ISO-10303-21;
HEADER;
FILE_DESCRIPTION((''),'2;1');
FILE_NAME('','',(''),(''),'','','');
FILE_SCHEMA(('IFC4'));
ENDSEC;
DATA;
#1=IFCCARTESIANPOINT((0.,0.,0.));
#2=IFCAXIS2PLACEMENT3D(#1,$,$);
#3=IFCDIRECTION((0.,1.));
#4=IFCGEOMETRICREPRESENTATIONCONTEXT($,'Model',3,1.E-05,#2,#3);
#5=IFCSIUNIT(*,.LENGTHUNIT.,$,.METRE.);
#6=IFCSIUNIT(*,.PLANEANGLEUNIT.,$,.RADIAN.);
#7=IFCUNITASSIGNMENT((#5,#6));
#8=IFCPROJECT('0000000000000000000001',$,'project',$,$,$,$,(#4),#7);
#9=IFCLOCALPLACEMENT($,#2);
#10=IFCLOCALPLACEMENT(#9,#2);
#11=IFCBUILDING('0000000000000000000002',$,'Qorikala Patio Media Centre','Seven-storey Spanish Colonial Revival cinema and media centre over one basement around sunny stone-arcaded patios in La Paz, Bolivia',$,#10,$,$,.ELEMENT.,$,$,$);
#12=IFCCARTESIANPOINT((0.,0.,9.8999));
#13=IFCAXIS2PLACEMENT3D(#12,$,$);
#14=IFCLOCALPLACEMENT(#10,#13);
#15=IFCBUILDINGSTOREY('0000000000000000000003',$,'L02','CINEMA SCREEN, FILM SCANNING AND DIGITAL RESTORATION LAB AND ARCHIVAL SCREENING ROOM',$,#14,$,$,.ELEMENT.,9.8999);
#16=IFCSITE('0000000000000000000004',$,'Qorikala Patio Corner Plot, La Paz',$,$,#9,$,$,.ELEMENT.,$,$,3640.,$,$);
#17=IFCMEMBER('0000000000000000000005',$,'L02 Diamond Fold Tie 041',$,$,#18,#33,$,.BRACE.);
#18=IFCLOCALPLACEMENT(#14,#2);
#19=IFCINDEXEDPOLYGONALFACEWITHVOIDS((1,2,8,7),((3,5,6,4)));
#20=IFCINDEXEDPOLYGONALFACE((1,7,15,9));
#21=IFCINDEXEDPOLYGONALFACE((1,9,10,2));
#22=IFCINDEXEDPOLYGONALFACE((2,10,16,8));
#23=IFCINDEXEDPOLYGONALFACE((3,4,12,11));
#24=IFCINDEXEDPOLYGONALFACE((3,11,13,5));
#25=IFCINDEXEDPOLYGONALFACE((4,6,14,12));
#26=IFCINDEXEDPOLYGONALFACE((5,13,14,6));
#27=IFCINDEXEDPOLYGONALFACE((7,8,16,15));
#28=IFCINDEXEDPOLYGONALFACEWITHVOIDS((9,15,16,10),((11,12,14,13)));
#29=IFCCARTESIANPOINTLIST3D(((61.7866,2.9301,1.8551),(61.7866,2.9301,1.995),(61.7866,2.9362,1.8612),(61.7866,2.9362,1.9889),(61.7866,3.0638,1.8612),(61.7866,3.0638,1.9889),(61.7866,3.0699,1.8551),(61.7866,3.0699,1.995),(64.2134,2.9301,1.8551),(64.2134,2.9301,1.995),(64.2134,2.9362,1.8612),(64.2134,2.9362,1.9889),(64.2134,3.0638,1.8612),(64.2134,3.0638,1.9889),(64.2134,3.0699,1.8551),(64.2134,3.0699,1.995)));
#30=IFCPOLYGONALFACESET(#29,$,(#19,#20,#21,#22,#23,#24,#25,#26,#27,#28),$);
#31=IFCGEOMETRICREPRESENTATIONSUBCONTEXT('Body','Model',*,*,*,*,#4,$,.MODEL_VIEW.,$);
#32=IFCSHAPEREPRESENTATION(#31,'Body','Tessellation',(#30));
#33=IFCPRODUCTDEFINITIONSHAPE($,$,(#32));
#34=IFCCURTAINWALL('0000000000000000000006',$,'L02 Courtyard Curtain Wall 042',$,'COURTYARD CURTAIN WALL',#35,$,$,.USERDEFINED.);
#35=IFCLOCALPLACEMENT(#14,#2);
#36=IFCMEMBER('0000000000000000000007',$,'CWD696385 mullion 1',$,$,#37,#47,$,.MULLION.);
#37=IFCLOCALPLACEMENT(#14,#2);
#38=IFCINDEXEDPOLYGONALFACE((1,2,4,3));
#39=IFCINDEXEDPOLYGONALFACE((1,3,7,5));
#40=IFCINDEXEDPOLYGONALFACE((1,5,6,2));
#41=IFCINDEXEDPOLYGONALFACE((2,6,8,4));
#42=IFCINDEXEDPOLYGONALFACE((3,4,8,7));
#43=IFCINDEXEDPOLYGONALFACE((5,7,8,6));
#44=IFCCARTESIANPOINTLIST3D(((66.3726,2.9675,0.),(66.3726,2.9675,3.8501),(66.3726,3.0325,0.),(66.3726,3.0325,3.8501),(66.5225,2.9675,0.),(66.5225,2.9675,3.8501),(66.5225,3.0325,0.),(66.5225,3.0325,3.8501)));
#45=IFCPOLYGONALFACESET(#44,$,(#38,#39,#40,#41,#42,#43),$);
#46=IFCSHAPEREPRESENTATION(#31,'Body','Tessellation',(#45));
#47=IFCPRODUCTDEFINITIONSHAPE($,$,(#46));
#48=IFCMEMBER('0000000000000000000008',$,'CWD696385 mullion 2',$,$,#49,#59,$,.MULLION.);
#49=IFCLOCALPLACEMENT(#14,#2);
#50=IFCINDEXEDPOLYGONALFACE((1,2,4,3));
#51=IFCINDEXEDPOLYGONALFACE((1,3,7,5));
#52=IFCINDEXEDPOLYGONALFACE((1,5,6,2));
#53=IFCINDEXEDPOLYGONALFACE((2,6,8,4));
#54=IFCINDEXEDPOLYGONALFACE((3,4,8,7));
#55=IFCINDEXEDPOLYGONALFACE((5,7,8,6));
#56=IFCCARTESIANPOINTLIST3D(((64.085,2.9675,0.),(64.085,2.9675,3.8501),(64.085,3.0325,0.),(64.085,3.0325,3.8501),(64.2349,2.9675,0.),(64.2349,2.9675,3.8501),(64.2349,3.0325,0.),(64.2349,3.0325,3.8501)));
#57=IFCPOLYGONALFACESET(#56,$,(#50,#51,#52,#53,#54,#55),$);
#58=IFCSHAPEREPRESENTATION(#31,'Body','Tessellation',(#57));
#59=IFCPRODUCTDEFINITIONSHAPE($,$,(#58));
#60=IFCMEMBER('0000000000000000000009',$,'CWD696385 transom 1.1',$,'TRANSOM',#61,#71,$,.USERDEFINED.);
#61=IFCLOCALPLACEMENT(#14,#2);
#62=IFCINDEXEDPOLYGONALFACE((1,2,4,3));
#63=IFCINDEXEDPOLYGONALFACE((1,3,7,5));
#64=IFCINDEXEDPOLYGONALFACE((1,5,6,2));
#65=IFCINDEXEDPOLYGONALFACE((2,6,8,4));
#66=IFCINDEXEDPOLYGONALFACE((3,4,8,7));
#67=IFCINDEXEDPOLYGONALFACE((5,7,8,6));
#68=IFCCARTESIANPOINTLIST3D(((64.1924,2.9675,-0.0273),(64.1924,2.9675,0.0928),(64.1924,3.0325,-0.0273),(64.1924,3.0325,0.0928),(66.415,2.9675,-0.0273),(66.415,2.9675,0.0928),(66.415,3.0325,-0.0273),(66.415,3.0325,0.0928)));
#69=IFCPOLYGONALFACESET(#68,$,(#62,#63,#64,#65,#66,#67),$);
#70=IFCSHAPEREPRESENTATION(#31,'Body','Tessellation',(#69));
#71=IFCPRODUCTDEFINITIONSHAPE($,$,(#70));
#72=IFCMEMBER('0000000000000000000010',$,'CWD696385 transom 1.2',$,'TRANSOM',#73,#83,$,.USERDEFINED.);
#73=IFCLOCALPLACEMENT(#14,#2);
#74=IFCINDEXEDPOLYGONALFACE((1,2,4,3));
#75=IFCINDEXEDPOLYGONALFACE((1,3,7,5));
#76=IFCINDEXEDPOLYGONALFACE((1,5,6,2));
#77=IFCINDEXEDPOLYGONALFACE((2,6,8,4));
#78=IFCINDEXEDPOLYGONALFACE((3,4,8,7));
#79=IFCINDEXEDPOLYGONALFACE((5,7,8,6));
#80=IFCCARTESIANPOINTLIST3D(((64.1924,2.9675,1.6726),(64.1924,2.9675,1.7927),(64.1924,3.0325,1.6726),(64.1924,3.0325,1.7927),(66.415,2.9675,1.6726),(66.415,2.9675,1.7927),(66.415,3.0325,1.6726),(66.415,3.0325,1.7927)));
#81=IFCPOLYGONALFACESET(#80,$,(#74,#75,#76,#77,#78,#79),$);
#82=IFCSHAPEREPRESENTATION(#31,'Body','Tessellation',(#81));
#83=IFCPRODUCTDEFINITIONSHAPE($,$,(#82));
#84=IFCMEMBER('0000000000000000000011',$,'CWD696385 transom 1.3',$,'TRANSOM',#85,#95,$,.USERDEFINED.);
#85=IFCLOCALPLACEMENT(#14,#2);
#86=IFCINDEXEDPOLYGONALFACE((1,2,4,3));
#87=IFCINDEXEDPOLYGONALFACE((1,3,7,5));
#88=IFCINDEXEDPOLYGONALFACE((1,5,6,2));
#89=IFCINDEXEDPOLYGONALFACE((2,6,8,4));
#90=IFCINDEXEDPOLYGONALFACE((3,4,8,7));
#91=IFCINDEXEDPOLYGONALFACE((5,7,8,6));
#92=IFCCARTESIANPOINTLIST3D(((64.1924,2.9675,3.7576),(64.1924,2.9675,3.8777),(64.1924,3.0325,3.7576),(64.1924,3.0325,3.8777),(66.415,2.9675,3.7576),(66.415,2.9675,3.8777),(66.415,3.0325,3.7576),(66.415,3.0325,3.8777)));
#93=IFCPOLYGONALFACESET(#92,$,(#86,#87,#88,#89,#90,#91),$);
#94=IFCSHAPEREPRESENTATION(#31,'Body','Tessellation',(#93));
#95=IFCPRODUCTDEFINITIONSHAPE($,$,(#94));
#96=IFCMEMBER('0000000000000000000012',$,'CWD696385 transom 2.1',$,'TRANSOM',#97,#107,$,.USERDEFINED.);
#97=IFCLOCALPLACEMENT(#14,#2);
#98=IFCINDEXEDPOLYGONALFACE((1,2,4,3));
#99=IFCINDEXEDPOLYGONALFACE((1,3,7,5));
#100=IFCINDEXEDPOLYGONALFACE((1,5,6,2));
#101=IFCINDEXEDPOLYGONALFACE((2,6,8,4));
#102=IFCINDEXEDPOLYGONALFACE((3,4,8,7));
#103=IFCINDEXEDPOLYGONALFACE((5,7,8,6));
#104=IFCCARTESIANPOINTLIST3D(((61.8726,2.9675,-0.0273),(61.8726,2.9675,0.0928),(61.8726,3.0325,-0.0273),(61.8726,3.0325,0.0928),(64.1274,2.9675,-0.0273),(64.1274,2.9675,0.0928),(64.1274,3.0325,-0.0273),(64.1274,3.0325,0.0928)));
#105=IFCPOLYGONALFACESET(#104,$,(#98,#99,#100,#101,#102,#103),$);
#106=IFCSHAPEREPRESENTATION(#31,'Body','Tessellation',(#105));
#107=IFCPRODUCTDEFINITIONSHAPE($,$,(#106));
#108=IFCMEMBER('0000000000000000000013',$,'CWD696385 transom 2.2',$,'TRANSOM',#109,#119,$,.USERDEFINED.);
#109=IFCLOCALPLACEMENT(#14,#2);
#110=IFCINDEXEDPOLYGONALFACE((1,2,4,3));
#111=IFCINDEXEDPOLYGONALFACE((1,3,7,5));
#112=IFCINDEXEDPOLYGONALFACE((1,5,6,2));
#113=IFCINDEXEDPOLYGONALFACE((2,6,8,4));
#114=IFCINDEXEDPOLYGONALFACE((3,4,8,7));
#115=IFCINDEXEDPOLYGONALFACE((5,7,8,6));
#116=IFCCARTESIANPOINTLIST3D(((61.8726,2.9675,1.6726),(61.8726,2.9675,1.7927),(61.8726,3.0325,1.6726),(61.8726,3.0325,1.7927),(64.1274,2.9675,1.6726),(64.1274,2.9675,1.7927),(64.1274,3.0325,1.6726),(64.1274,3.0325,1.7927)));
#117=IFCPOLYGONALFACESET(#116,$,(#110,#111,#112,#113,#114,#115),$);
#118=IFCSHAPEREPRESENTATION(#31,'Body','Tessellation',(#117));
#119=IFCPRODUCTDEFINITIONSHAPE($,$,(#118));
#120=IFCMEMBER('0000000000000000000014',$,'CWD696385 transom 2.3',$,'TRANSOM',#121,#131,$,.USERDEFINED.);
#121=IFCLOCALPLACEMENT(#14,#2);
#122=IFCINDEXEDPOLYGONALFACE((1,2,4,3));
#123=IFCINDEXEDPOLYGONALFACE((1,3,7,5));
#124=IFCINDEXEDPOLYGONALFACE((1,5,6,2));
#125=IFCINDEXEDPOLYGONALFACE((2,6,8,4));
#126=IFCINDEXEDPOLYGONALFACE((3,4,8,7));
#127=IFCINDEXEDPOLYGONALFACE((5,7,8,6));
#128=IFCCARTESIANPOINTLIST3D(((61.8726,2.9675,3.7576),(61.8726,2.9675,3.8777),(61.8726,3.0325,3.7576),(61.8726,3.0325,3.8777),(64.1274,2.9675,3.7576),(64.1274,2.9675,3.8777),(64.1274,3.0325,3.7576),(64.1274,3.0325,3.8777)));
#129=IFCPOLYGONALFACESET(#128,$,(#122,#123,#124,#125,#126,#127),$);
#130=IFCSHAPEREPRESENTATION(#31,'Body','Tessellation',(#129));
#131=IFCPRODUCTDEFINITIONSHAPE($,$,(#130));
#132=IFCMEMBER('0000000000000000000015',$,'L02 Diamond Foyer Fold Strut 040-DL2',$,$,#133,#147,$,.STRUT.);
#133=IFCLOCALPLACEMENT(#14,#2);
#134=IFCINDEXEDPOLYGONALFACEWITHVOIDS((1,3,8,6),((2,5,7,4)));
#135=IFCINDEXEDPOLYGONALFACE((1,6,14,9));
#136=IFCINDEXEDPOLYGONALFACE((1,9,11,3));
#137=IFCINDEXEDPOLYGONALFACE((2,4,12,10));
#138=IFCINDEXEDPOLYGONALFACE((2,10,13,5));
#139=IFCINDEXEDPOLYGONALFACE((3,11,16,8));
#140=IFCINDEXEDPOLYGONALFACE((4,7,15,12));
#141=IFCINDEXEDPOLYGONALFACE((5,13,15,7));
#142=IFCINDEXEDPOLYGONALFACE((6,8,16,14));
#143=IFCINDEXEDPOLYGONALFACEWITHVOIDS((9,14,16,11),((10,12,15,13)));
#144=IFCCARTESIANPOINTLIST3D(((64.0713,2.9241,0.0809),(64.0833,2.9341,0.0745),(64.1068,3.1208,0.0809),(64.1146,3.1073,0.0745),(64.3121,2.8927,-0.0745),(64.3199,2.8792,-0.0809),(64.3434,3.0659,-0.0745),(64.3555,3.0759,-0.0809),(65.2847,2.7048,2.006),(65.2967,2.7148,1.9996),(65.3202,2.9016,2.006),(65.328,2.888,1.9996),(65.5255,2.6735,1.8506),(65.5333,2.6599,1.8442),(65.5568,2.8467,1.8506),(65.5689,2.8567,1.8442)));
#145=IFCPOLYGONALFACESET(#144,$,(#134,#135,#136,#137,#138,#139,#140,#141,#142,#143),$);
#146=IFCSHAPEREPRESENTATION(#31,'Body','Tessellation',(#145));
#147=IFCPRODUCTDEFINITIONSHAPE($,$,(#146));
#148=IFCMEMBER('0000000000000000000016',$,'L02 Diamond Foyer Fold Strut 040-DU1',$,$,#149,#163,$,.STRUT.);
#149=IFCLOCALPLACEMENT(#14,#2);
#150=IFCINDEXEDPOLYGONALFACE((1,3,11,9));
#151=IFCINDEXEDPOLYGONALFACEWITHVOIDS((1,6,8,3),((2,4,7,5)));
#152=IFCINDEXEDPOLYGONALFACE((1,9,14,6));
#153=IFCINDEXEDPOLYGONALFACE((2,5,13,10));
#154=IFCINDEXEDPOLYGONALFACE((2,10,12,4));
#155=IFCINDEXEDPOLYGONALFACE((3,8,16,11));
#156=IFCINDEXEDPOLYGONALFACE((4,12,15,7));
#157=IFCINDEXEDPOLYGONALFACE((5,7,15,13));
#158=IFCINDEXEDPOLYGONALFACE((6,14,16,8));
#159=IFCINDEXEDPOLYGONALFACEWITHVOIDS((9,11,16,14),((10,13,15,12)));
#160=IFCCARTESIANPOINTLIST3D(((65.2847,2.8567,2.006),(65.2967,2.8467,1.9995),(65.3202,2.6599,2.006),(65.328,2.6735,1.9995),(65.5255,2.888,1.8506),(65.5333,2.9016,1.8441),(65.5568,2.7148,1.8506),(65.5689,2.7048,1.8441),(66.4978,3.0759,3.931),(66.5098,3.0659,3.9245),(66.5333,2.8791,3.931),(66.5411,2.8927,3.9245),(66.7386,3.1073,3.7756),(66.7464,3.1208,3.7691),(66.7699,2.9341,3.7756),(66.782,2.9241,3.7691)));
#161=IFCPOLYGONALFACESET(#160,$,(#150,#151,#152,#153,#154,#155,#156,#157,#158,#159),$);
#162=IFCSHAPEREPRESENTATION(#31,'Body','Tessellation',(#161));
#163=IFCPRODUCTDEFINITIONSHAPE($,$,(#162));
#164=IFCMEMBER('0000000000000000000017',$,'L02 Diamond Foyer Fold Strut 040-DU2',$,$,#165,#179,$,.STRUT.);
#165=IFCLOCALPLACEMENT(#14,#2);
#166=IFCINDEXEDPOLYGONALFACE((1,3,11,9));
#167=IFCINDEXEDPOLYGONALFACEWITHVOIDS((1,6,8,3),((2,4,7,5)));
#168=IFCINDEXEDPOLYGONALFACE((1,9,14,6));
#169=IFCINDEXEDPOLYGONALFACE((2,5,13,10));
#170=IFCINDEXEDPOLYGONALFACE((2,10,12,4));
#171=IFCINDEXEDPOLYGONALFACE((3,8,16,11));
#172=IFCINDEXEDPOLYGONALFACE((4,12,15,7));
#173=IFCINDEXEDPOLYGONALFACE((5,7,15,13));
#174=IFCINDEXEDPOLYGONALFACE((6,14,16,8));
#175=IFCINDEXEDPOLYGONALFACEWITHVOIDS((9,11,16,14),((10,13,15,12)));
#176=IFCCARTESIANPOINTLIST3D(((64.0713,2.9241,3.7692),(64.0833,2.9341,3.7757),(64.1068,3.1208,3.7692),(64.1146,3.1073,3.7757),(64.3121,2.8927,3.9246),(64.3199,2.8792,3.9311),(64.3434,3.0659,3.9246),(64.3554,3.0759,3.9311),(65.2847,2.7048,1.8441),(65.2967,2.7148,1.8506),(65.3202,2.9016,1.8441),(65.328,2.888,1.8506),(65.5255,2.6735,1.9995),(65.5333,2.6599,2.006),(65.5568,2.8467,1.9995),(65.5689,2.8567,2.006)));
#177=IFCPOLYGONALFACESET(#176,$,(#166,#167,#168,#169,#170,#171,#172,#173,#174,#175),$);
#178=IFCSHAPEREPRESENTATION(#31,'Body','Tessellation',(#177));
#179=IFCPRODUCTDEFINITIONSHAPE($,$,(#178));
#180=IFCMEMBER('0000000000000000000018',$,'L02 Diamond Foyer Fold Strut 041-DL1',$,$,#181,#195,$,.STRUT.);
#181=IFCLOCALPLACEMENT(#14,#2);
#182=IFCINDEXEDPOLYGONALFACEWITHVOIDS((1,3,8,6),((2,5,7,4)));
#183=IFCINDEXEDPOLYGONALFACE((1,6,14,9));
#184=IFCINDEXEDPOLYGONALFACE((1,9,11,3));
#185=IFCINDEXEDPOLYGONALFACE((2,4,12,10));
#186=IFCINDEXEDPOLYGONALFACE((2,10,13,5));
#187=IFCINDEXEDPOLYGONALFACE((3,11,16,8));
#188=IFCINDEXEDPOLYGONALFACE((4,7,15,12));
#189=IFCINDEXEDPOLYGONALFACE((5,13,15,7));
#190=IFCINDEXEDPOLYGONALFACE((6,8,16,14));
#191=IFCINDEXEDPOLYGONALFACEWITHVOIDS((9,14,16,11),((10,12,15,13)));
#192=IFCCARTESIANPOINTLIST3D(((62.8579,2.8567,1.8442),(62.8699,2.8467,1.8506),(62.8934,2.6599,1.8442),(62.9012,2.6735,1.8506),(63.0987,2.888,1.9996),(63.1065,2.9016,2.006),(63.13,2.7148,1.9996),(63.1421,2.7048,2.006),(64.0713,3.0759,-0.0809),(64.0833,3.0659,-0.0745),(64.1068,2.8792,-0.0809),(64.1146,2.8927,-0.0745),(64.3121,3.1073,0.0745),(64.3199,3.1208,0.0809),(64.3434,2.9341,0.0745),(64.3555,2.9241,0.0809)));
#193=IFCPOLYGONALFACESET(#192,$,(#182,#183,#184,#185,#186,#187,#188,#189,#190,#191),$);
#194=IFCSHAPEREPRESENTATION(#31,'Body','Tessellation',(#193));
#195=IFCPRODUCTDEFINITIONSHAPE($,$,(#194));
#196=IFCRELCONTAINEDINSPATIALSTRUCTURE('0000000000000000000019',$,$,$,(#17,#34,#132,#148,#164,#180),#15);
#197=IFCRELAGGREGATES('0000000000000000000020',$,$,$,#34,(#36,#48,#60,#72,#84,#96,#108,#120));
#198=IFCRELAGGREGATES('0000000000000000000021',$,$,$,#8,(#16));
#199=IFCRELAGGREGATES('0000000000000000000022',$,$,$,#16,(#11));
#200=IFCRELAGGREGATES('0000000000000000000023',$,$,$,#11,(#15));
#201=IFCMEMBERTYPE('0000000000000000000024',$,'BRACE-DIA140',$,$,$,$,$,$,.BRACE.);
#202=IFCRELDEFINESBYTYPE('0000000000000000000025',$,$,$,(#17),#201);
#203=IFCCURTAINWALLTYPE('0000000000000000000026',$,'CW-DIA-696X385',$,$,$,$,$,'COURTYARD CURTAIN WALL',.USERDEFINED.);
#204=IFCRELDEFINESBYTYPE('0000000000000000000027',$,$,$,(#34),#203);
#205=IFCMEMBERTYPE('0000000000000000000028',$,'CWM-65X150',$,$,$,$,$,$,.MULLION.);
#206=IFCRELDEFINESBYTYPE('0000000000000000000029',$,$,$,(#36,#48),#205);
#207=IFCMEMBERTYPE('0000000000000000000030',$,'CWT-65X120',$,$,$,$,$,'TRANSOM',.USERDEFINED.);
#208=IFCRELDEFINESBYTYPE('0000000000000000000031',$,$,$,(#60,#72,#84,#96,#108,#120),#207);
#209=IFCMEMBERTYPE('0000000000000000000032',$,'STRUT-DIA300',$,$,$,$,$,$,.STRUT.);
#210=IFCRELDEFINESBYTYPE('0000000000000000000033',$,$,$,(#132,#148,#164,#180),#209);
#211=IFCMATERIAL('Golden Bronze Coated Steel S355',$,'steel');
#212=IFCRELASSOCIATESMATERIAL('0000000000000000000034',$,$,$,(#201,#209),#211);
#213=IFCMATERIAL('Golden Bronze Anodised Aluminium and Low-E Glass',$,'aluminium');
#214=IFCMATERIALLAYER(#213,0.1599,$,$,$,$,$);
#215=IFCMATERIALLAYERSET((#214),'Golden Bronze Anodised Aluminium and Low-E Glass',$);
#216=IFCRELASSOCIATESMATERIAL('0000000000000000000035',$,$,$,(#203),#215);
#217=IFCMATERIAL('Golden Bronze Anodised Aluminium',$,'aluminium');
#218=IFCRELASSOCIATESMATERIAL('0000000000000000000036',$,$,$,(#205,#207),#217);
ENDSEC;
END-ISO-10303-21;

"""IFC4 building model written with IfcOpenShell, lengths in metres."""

from ifc_helpers import new_model, si_unit, direction, frame, origin, origin_2d, place, context, subcontext, project, spatial, rectangle, hollow_rectangle, extrude, material, layer, layer_set, material_profile, profile_set, type_object, element, aggregate, save


model = new_model("IFC4")

# Units and contexts
model_context = context("Model", 3, precision=1e-05, world=origin(), true_north=direction((0.0, 1.0)))
body_context = subcontext(model_context, "Body", "Model", "MODEL_VIEW")
ifc_project = project(units=[si_unit("LENGTHUNIT", "METRE"), si_unit("PLANEANGLEUNIT", "RADIAN")], contexts=[model_context])

# Site, building, storey
site_placement = place(None, origin())
site = spatial("IfcSite", under=ifc_project, at=site_placement, Name="Qorikala Patio Corner Plot, La Paz", CompositionType="ELEMENT", RefElevation=3640.0)
building_placement = place(site_placement, origin())
building = spatial("IfcBuilding", under=site, at=building_placement, Name="Qorikala Patio Media Centre", Description="Seven-storey Spanish Colonial Revival cinema and media centre over one basement around sunny stone-arcaded patios in La Paz, Bolivia", CompositionType="ELEMENT")
storey_placement = place(building_placement, frame((0.0, 0.0, 9.8999)))
storey = spatial("IfcBuildingStorey", under=building, at=storey_placement, Name="L02", Description="CINEMA SCREEN, FILM SCANNING AND DIGITAL RESTORATION LAB AND ARCHIVAL SCREENING ROOM", CompositionType="ELEMENT", Elevation=9.8999)

# Member
ifc_material_1 = material(Name="Golden Bronze Coated Steel S355", Category="steel")
ifc_material_profile_1 = material_profile(ifc_material_1, hollow_rectangle(XDim=0.1399, YDim=0.1399, WallThickness=0.0061, at=origin_2d()), Name="HSS140X140X6")
ifc_profile_set_1 = profile_set([ifc_material_profile_1], Name="Golden Bronze Coated Steel S355")
member_type_1 = type_object("IfcMemberType", Name="BRACE-DIA140", PredefinedType="BRACE", material=ifc_profile_set_1)
member_1_placement = place(storey_placement, frame((64.2134, 3.0, 1.925), z_axis=(-1.0, 0.0, 0.0), x_axis=(0.0, -1.0, 0.0)))
element("IfcMember", 1, at=member_1_placement, inside=storey, type_object=member_type_1, Name="L02 Diamond Fold Tie 041", PredefinedType="BRACE", context=body_context, shape_type="SweptSolid", body=[
    extrude(hollow_rectangle(XDim=0.1399, YDim=0.1399, WallThickness=0.0061, at=origin_2d()), origin(), (0.0, 0.0, 1.0), 2.4268),
])

# Curtain wall, members
ifc_material_2 = material(Name="Golden Bronze Anodised Aluminium and Low-E Glass", Category="aluminium")
ifc_layer_1 = layer(ifc_material_2, 0.1599)
ifc_layer_set_1 = layer_set([ifc_layer_1], Name="Golden Bronze Anodised Aluminium and Low-E Glass")
curtain_wall_type = type_object("IfcCurtainWallType", Name="CW-DIA-696X385", ElementType="COURTYARD CURTAIN WALL", PredefinedType="USERDEFINED", material=ifc_layer_set_1)
curtain_wall_placement = place(storey_placement, origin())
curtain_wall = element("IfcCurtainWall", 2, at=curtain_wall_placement, inside=storey, type_object=curtain_wall_type, Name="L02 Courtyard Curtain Wall 042", ObjectType="COURTYARD CURTAIN WALL", PredefinedType="USERDEFINED")
ifc_material_3 = material(Name="Golden Bronze Anodised Aluminium", Category="aluminium")
ifc_material_profile_2 = material_profile(ifc_material_3, rectangle(XDim=0.0649, YDim=0.1499, at=origin_2d()), Name="ALU MULLION 65x150")
ifc_profile_set_2 = profile_set([ifc_material_profile_2], Name="Golden Bronze Anodised Aluminium")
member_type_2 = type_object("IfcMemberType", Name="CWM-65X150", PredefinedType="MULLION", material=ifc_profile_set_2)
member_2_placement = place(storey_placement, frame((66.4475, 3.0, 0.0), z_axis=(0.0, 0.0, 1.0), x_axis=(0.0, -1.0, 0.0)))
member_2 = element("IfcMember", 3, at=member_2_placement, type_object=member_type_2, Name="CWD696385 mullion 1", PredefinedType="MULLION", context=body_context, shape_type="SweptSolid", body=[
    extrude(rectangle(XDim=0.0649, YDim=0.1499, at=origin_2d()), origin(), (0.0, 0.0, 1.0), 3.8501),
])
member_3_placement = place(storey_placement, frame((64.1599, 3.0, 0.0), z_axis=(0.0, 0.0, 1.0), x_axis=(0.0, -1.0, 0.0)))
member_3 = element("IfcMember", 4, at=member_3_placement, type_object=member_type_2, Name="CWD696385 mullion 2", PredefinedType="MULLION", context=body_context, shape_type="SweptSolid", body=[
    extrude(rectangle(XDim=0.0649, YDim=0.1499, at=origin_2d()), origin(), (0.0, 0.0, 1.0), 3.8501),
])
ifc_material_profile_3 = material_profile(ifc_material_3, rectangle(XDim=0.0649, YDim=0.1201, at=origin_2d()), Name="ALU TRANSOM 65x120")
ifc_profile_set_3 = profile_set([ifc_material_profile_3], Name="Golden Bronze Anodised Aluminium")
member_type_3 = type_object("IfcMemberType", Name="CWT-65X120", ElementType="TRANSOM", PredefinedType="USERDEFINED", material=ifc_profile_set_3)
member_4_placement = place(storey_placement, frame((66.415, 3.0, 0.0327), z_axis=(-1.0, 0.0, 0.0), x_axis=(0.0, -1.0, 0.0)))
member_4 = element("IfcMember", 5, at=member_4_placement, type_object=member_type_3, Name="CWD696385 transom 1.1", ObjectType="TRANSOM", PredefinedType="USERDEFINED", context=body_context, shape_type="SweptSolid", body=[
    extrude(rectangle(XDim=0.0649, YDim=0.1201, at=origin_2d()), origin(), (0.0, 0.0, 1.0), 2.2227),
])
member_5_placement = place(storey_placement, frame((66.415, 3.0, 1.7327), z_axis=(-1.0, 0.0, 0.0), x_axis=(0.0, -1.0, 0.0)))
member_5 = element("IfcMember", 6, at=member_5_placement, type_object=member_type_3, Name="CWD696385 transom 1.2", ObjectType="TRANSOM", PredefinedType="USERDEFINED", context=body_context, shape_type="SweptSolid", body=[
    extrude(rectangle(XDim=0.0649, YDim=0.1201, at=origin_2d()), origin(), (0.0, 0.0, 1.0), 2.2227),
])
member_6_placement = place(storey_placement, frame((66.415, 3.0, 3.8176), z_axis=(-1.0, 0.0, 0.0), x_axis=(0.0, -1.0, 0.0)))
member_6 = element("IfcMember", 7, at=member_6_placement, type_object=member_type_3, Name="CWD696385 transom 1.3", ObjectType="TRANSOM", PredefinedType="USERDEFINED", context=body_context, shape_type="SweptSolid", body=[
    extrude(rectangle(XDim=0.0649, YDim=0.1201, at=origin_2d()), origin(), (0.0, 0.0, 1.0), 2.2227),
])
member_7_placement = place(storey_placement, frame((64.1274, 3.0, 0.0327), z_axis=(-1.0, 0.0, 0.0), x_axis=(0.0, -1.0, 0.0)))
member_7 = element("IfcMember", 8, at=member_7_placement, type_object=member_type_3, Name="CWD696385 transom 2.1", ObjectType="TRANSOM", PredefinedType="USERDEFINED", context=body_context, shape_type="SweptSolid", body=[
    extrude(rectangle(XDim=0.0649, YDim=0.1201, at=origin_2d()), origin(), (0.0, 0.0, 1.0), 2.2549),
])
member_8_placement = place(storey_placement, frame((64.1274, 3.0, 1.7327), z_axis=(-1.0, 0.0, 0.0), x_axis=(0.0, -1.0, 0.0)))
member_8 = element("IfcMember", 9, at=member_8_placement, type_object=member_type_3, Name="CWD696385 transom 2.2", ObjectType="TRANSOM", PredefinedType="USERDEFINED", context=body_context, shape_type="SweptSolid", body=[
    extrude(rectangle(XDim=0.0649, YDim=0.1201, at=origin_2d()), origin(), (0.0, 0.0, 1.0), 2.2549),
])
member_9_placement = place(storey_placement, frame((64.1274, 3.0, 3.8176), z_axis=(-1.0, 0.0, 0.0), x_axis=(0.0, -1.0, 0.0)))
member_9 = element("IfcMember", 10, at=member_9_placement, type_object=member_type_3, Name="CWD696385 transom 2.3", ObjectType="TRANSOM", PredefinedType="USERDEFINED", context=body_context, shape_type="SweptSolid", body=[
    extrude(rectangle(XDim=0.0649, YDim=0.1201, at=origin_2d()), origin(), (0.0, 0.0, 1.0), 2.2549),
])

# Members
ifc_material_profile_4 = material_profile(ifc_material_1, hollow_rectangle(XDim=0.2, YDim=0.3, WallThickness=0.012, at=origin_2d()), Name="HSS300X200X12")
ifc_profile_set_4 = profile_set([ifc_material_profile_4], Name="Golden Bronze Coated Steel S355")
member_type_4 = type_object("IfcMemberType", Name="STRUT-DIA300", PredefinedType="STRUT", material=ifc_profile_set_4)
member_10_placement = place(storey_placement, frame((64.2134, 3.0, 0.0), z_axis=(0.530768, -0.095901, 0.842074), x_axis=(0.177805, 0.984066, 0.0)))
element("IfcMember", 11, at=member_10_placement, inside=storey, type_object=member_type_4, Name="L02 Diamond Foyer Fold Strut 040-DL2", PredefinedType="STRUT", context=body_context, shape_type="SweptSolid", body=[
    extrude(hollow_rectangle(XDim=0.2, YDim=0.3, WallThickness=0.012, at=origin_2d()), origin(), (0.0, 0.0, 1.0), 2.2861),
])
member_11_placement = place(storey_placement, frame((65.4268, 2.7808, 1.925), z_axis=(0.530691, 0.095907, 0.842121), x_axis=(-0.17784, 0.984059, 0.0)))
element("IfcMember", 12, at=member_11_placement, inside=storey, type_object=member_type_4, Name="L02 Diamond Foyer Fold Strut 040-DU1", PredefinedType="STRUT", context=body_context, shape_type="SweptSolid", body=[
    extrude(hollow_rectangle(XDim=0.2, YDim=0.3, WallThickness=0.012, at=origin_2d()), origin(), (0.0, 0.0, 1.0), 2.2859),
])
for number, where, z_axis, x_axis, name in (
    (13, (65.4268, 2.7808, 1.925), (-0.530768, 0.095901, 0.842074), (-0.177805, -0.984066, 0.0), "L02 Diamond Foyer Fold Strut 040-DU2"),
    (14, (64.2134, 3.0, 0.0), (-0.530768, -0.095901, 0.842074), (0.177805, -0.984066, 0.0), "L02 Diamond Foyer Fold Strut 041-DL1"),
):
    element("IfcMember", number, at=place(storey_placement, frame(where, z_axis=z_axis, x_axis=x_axis)), inside=storey, type_object=member_type_4, Name=name, PredefinedType="STRUT", context=body_context, shape_type="SweptSolid", body=[
        extrude(hollow_rectangle(XDim=0.2, YDim=0.3, WallThickness=0.012, at=origin_2d()), origin(), (0.0, 0.0, 1.0), 2.2861),
    ])

aggregate(curtain_wall, [member_2, member_3, member_4, member_5, member_6, member_7, member_8, member_9])

save(model, "model.ifc")
